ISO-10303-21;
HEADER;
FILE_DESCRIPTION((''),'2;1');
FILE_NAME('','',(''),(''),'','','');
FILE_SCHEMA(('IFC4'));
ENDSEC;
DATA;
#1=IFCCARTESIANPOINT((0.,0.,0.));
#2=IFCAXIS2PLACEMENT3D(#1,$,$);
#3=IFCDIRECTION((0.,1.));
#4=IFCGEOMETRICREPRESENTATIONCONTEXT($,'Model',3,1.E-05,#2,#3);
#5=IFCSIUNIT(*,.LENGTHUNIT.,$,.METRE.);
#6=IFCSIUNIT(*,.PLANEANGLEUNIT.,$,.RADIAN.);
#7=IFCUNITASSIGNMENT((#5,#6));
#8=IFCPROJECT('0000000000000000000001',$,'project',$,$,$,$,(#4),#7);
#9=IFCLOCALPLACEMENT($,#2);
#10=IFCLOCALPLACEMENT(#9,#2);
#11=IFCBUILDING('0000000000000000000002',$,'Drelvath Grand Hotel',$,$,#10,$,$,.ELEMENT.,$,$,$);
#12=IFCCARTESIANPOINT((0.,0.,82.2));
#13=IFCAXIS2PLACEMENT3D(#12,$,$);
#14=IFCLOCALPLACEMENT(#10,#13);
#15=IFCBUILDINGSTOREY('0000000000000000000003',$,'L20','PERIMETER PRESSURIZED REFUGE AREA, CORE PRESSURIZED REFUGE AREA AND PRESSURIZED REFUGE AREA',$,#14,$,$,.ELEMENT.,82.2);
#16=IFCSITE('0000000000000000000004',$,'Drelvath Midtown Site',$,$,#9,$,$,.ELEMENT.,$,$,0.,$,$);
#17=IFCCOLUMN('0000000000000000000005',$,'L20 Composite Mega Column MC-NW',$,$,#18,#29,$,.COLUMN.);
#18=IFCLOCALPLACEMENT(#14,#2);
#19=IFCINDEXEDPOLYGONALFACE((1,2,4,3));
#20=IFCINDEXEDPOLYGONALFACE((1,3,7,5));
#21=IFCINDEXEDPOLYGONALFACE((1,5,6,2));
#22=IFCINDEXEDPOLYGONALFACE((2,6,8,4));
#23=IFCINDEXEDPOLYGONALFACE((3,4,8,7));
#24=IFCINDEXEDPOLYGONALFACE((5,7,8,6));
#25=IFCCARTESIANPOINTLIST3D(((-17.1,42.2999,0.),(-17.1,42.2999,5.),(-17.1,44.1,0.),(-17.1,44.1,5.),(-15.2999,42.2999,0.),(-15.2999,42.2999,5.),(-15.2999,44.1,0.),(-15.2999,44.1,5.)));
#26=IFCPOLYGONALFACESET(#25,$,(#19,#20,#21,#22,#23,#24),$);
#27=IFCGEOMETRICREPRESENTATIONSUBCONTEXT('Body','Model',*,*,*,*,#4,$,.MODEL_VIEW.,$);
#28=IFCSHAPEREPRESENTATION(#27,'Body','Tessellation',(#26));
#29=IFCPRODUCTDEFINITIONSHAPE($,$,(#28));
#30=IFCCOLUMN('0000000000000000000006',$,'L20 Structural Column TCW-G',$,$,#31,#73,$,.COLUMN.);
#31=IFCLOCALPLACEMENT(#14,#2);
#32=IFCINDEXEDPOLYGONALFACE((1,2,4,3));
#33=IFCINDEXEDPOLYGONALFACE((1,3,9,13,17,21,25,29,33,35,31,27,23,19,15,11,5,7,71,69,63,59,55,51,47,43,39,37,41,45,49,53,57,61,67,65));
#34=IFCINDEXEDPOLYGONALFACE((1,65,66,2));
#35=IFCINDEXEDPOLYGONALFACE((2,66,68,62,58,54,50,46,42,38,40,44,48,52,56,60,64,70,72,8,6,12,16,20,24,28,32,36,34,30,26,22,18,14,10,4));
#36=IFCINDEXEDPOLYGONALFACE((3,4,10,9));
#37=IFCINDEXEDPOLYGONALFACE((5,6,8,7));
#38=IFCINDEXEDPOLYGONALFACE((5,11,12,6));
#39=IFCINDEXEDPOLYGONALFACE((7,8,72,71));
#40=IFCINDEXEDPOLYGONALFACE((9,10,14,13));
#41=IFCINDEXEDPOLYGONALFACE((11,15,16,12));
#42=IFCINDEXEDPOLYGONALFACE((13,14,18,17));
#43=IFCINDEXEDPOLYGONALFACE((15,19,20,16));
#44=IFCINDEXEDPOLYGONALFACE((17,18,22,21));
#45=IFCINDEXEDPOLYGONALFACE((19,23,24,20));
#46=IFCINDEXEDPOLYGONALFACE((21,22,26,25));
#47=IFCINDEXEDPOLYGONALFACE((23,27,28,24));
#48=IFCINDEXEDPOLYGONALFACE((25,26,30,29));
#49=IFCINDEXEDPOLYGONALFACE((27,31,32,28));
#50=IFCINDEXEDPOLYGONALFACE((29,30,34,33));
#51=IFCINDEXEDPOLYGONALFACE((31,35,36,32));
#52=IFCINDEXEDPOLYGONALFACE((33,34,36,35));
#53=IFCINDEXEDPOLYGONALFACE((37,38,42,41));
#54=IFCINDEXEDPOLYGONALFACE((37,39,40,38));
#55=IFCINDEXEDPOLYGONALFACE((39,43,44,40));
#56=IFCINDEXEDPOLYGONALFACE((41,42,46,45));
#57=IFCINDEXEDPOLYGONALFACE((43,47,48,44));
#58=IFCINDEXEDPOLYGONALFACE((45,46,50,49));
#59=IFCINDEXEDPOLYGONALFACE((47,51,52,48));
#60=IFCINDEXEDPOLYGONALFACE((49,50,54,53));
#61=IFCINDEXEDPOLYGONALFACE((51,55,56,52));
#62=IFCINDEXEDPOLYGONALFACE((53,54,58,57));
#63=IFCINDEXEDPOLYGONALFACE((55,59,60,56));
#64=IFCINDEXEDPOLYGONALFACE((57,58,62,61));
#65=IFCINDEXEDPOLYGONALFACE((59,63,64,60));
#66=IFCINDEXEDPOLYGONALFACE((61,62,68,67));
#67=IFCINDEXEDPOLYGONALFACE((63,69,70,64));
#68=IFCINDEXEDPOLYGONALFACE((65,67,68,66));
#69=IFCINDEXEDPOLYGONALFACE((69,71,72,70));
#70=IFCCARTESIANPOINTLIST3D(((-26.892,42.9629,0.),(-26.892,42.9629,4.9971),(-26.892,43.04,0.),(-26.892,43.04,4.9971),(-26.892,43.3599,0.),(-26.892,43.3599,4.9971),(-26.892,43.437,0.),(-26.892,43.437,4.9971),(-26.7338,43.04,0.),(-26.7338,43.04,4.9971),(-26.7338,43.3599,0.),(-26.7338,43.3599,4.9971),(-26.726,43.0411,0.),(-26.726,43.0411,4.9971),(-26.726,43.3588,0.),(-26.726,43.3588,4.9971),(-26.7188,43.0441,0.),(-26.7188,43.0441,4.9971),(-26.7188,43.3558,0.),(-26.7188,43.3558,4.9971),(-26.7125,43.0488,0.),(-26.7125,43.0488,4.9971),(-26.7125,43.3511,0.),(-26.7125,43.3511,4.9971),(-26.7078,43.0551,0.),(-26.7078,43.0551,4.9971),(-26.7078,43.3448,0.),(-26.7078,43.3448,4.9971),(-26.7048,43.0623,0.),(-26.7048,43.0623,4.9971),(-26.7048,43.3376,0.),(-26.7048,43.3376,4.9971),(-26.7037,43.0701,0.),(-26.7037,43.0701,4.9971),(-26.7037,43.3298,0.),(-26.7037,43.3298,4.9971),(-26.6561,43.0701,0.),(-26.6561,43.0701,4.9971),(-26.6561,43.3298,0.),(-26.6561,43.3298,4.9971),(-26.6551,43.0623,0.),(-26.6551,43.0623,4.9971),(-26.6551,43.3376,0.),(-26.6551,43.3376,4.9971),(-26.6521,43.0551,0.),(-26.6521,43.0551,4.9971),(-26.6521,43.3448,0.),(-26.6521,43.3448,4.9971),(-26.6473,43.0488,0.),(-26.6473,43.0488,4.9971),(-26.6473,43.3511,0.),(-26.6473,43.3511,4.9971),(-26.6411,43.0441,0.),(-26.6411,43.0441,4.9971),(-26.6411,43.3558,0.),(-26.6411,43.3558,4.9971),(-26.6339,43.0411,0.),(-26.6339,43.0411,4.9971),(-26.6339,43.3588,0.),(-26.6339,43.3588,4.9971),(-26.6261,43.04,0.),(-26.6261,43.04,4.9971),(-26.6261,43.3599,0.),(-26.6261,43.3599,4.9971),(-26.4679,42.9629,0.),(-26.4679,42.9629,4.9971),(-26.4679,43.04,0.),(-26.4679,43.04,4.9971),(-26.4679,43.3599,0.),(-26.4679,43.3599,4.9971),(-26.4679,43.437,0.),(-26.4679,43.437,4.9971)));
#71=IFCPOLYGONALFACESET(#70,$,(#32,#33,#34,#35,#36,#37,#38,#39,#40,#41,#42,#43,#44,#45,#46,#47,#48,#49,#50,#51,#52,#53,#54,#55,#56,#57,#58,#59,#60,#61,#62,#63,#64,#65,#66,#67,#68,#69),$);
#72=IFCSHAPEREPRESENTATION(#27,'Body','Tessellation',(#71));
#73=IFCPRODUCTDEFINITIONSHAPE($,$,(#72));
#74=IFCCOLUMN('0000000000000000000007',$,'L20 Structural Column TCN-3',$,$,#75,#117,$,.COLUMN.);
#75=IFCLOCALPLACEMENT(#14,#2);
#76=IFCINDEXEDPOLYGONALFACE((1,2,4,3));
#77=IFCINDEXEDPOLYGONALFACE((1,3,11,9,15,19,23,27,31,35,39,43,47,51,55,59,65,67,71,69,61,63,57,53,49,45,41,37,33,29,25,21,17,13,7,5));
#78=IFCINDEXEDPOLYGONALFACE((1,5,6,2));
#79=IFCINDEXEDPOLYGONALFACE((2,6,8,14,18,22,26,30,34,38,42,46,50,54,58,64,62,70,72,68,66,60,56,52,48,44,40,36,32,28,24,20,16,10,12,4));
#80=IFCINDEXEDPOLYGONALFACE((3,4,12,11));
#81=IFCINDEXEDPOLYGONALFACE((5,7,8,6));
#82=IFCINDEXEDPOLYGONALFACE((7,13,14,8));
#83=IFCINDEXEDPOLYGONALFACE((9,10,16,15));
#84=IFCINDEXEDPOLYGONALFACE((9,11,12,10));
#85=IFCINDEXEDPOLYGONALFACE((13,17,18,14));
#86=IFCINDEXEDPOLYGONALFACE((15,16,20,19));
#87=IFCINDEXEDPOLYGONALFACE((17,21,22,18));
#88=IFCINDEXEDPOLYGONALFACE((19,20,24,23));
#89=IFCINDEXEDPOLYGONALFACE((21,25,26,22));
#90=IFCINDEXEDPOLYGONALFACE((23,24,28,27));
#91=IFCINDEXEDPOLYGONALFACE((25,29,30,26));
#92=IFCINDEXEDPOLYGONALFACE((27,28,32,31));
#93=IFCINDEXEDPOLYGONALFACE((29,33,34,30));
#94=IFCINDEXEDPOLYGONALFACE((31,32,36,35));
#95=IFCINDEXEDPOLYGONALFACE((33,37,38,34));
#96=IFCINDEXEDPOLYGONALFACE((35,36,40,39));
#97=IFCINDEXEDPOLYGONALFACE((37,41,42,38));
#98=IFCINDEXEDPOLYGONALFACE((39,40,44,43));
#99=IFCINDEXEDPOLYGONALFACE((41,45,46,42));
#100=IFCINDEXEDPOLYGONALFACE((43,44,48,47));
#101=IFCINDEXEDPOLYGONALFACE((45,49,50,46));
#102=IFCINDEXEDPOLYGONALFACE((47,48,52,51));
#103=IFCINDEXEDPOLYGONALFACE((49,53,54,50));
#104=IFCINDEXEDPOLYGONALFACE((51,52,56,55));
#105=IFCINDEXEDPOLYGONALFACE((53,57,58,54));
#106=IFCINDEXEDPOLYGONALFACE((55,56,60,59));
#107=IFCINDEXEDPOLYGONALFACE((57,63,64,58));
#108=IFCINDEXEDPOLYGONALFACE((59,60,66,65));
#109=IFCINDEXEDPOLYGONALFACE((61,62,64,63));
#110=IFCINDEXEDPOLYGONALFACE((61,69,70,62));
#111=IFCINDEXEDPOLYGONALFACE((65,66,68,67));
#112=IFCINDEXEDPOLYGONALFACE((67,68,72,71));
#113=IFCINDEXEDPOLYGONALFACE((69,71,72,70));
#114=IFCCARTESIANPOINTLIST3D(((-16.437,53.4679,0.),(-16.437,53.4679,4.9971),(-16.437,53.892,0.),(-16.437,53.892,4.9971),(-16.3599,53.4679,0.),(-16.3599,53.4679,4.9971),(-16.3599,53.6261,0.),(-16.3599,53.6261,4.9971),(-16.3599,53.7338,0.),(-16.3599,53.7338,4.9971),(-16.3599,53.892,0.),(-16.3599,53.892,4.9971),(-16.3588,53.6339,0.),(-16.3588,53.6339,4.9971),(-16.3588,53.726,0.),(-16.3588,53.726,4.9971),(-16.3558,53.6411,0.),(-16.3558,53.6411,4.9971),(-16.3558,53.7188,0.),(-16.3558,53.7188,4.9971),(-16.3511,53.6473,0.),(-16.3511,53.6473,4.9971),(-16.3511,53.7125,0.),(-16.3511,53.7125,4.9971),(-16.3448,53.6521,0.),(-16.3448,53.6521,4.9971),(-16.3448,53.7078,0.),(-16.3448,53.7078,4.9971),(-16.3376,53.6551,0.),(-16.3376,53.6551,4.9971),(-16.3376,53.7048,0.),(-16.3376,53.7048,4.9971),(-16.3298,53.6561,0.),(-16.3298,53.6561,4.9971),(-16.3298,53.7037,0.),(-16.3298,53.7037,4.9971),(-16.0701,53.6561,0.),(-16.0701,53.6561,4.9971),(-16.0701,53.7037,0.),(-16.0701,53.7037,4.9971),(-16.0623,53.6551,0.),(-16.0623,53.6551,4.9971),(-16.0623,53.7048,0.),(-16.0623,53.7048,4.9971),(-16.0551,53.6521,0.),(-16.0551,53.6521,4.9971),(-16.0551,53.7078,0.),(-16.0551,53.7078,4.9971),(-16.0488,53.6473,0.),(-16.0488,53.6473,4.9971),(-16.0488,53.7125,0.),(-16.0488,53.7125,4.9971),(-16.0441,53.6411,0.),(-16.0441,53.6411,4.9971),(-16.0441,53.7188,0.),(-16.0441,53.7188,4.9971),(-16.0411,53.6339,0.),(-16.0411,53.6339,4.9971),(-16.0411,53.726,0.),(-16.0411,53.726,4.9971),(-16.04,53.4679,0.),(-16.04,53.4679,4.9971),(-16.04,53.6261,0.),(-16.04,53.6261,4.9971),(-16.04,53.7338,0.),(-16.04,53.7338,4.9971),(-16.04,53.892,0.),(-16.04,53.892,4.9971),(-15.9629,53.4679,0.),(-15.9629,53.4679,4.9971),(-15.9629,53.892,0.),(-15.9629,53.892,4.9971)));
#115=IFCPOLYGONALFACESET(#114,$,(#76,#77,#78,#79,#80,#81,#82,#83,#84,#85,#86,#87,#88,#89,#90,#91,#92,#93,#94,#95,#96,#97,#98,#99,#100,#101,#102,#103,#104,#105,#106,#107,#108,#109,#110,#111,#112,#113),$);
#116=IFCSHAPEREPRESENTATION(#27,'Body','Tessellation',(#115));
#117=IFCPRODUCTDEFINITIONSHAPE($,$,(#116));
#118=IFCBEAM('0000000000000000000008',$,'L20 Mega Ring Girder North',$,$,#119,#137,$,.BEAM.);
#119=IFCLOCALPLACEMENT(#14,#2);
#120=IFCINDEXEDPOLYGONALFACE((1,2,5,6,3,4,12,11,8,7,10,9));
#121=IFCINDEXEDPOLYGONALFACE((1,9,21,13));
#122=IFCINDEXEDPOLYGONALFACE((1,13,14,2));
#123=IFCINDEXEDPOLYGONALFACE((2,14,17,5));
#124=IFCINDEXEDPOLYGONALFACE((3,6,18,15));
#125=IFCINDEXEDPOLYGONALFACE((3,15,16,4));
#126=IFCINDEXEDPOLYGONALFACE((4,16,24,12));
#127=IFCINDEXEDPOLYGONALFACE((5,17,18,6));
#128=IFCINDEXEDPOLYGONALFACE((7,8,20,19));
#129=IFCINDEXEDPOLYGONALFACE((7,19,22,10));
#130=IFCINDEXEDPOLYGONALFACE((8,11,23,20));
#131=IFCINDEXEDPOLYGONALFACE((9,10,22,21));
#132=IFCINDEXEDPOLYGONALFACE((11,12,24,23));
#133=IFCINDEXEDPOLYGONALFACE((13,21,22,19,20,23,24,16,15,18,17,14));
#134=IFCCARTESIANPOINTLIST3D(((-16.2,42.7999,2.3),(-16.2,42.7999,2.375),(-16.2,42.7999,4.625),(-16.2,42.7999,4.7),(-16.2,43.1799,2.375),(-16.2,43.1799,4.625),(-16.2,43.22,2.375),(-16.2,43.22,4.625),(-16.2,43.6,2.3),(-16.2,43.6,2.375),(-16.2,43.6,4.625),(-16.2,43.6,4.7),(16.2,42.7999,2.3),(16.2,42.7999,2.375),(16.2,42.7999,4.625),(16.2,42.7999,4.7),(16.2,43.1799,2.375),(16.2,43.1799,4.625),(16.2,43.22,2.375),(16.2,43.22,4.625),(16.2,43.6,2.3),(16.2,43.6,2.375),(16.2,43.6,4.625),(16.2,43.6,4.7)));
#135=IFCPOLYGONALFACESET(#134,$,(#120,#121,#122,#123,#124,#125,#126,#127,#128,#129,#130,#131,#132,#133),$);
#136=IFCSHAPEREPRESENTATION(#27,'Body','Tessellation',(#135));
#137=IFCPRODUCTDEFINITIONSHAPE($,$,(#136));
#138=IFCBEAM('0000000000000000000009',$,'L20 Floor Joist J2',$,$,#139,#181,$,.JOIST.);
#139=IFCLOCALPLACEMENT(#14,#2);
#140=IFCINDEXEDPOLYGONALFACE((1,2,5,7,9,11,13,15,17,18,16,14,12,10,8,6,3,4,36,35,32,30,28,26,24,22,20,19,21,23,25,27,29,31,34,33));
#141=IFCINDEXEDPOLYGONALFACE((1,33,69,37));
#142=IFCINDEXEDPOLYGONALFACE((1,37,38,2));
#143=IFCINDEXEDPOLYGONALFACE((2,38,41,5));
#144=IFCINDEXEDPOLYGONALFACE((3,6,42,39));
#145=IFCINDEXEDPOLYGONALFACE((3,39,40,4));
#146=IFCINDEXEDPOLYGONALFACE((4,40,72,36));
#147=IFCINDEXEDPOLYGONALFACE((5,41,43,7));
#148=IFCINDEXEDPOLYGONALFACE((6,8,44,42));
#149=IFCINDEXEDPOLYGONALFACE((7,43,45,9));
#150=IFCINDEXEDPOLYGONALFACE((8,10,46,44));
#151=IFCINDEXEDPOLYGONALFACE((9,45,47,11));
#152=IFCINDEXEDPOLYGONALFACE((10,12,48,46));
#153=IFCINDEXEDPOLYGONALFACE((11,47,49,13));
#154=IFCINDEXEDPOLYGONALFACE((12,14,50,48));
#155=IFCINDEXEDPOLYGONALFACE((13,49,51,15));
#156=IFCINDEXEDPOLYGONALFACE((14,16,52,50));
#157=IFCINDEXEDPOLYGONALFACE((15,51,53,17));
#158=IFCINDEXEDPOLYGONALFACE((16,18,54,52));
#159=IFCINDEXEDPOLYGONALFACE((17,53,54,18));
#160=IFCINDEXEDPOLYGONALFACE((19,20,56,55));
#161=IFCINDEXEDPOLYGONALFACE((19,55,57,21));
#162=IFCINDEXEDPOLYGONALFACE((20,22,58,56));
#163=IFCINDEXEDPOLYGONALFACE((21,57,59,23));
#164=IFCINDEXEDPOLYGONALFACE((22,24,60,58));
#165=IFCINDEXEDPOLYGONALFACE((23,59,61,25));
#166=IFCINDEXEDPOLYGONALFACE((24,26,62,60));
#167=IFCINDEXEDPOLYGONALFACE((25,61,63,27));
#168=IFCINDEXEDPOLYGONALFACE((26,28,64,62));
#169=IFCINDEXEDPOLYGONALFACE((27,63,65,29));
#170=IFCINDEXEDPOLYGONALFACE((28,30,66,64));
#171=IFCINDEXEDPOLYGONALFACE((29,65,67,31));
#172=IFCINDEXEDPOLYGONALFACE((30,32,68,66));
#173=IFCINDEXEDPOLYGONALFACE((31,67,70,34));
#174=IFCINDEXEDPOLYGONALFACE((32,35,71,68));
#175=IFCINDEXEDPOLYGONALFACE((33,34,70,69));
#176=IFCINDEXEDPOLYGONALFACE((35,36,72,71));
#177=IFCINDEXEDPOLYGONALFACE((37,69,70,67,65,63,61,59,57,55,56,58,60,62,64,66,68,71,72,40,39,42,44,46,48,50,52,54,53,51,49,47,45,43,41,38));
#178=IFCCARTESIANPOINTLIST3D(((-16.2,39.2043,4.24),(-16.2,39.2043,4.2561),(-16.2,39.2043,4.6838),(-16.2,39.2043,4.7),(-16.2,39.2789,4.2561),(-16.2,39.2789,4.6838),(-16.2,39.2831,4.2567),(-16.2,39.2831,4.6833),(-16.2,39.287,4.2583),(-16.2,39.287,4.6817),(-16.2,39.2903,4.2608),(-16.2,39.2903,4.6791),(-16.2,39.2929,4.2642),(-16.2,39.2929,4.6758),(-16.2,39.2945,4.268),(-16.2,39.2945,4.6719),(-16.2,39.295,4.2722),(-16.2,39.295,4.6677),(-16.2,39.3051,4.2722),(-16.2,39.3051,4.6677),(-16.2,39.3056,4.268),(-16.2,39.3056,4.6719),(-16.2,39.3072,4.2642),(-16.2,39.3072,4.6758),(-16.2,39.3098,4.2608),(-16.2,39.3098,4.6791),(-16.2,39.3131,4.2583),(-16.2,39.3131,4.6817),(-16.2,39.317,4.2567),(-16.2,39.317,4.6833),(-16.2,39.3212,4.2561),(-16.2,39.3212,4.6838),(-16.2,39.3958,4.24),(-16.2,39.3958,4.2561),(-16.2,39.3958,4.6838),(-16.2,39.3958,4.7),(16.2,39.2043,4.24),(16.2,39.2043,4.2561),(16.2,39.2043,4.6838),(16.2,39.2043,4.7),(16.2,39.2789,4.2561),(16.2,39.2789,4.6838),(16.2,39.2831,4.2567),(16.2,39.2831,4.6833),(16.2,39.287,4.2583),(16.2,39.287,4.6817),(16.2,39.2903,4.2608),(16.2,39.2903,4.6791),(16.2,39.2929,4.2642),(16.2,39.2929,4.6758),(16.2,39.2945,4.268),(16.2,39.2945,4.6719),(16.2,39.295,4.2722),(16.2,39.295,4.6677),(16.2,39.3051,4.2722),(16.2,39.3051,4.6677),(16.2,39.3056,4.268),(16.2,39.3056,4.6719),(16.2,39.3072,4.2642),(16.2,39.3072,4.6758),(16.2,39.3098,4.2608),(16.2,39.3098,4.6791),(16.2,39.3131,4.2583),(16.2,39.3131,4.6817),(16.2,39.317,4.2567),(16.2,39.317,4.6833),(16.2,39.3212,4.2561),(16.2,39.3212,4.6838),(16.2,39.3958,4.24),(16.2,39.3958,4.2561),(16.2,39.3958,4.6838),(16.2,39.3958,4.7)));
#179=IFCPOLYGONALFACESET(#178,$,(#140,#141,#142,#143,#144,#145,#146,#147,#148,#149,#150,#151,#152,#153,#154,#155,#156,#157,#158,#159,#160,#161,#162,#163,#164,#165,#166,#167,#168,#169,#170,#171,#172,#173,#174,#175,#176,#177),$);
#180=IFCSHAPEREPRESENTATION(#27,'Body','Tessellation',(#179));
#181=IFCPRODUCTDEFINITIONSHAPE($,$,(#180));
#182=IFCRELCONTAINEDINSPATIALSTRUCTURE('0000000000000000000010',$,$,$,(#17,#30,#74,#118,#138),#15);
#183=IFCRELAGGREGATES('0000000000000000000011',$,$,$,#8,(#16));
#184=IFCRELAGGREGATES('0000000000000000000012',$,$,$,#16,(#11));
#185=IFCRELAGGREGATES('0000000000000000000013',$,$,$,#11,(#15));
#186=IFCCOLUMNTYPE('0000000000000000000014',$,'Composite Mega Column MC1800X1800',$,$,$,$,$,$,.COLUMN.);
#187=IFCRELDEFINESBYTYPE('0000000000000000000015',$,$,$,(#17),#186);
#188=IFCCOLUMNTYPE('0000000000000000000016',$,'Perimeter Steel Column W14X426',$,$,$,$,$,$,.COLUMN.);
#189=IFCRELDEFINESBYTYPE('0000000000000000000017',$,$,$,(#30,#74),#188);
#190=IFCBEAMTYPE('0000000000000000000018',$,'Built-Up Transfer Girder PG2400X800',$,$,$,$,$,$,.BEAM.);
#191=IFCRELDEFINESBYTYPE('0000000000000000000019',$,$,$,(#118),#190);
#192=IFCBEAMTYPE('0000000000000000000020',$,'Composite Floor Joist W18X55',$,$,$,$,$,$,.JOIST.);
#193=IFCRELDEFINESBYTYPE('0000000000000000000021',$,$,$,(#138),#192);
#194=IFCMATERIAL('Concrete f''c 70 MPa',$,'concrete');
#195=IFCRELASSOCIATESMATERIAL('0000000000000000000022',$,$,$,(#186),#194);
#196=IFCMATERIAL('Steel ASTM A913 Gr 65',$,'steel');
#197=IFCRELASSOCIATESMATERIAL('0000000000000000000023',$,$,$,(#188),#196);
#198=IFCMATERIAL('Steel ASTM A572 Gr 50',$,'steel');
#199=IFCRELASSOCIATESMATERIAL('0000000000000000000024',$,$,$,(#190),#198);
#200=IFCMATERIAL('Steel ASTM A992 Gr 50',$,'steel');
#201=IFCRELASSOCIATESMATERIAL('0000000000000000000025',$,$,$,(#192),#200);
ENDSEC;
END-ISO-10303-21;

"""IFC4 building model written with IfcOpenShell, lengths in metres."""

from ifc_helpers import new_model, si_unit, direction, frame, origin, origin_2d, place, context, subcontext, project, spatial, rectangle, i_section, extrude, material, material_profile, profile_set, type_object, element, save


model = new_model("IFC4")

# Units and contexts
model_context = context("Model", 3, precision=1e-05, world=origin(), true_north=direction((0.0, 1.0)))
body_context = subcontext(model_context, "Body", "Model", "MODEL_VIEW")
ifc_project = project(units=[si_unit("LENGTHUNIT", "METRE"), si_unit("PLANEANGLEUNIT", "RADIAN")], contexts=[model_context])

# Site, building, storey
site_placement = place(None, origin())
site = spatial("IfcSite", under=ifc_project, at=site_placement, Name="Drelvath Midtown Site", CompositionType="ELEMENT", RefElevation=0.0)
building_placement = place(site_placement, origin())
building = spatial("IfcBuilding", under=site, at=building_placement, Name="Drelvath Grand Hotel", CompositionType="ELEMENT")
storey_placement = place(building_placement, frame((0.0, 0.0, 82.2)))
storey = spatial("IfcBuildingStorey", under=building, at=storey_placement, Name="L20", Description="PERIMETER PRESSURIZED REFUGE AREA, CORE PRESSURIZED REFUGE AREA AND PRESSURIZED REFUGE AREA", CompositionType="ELEMENT", Elevation=82.2)

# Columns
ifc_material_1 = material(Name="Concrete f'c 70 MPa", Category="concrete")
ifc_material_profile_1 = material_profile(ifc_material_1, rectangle(XDim=1.8, YDim=1.8, at=origin_2d()), Name="MC1800X1800")
ifc_profile_set_1 = profile_set([ifc_material_profile_1], Name="Concrete f'c 70 MPa")
column_type_1 = type_object("IfcColumnType", Name="Composite Mega Column MC1800X1800", PredefinedType="COLUMN", material=ifc_profile_set_1)
column_placement = place(storey_placement, frame((-16.2, 43.2, 0.0), z_axis=(0.0, 0.0, 1.0), x_axis=(1.0, 0.0, 0.0)))
element("IfcColumn", 1, at=column_placement, inside=storey, type_object=column_type_1, Name="L20 Composite Mega Column MC-NW", PredefinedType="COLUMN", context=body_context, shape_type="SweptSolid", body=[
    extrude(rectangle(XDim=1.8, YDim=1.8, at=origin_2d()), origin(), (0.0, 0.0, 1.0), 5.0),
])
ifc_material_2 = material(Name="Steel ASTM A913 Gr 65", Category="steel")
ifc_material_profile_2 = material_profile(ifc_material_2, i_section(OverallWidth=0.4241, OverallDepth=0.4741, WebThickness=0.0476, FlangeThickness=0.0771, FilletRadius=0.03, at=origin_2d()), Name="W14X426")
ifc_profile_set_2 = profile_set([ifc_material_profile_2], Name="Steel ASTM A913 Gr 65")
column_type_2 = type_object("IfcColumnType", Name="Perimeter Steel Column W14X426", PredefinedType="COLUMN", material=ifc_profile_set_2)
for number, where, z_axis, x_axis, name in (
    (2, (-26.6799, 43.2, 0.0), (0.0, 0.0, 1.0), (1.0, 0.0, 0.0), "L20 Structural Column TCW-G"),
    (3, (-16.2, 53.6799, 0.0), (0.0, 0.0, 1.0), (0.0, 1.0, 0.0), "L20 Structural Column TCN-3"),
):
    element("IfcColumn", number, at=place(storey_placement, frame(where, z_axis=z_axis, x_axis=x_axis)), inside=storey, type_object=column_type_2, Name=name, PredefinedType="COLUMN", context=body_context, shape_type="SweptSolid", body=[
        extrude(i_section(OverallWidth=0.4241, OverallDepth=0.4741, WebThickness=0.0476, FlangeThickness=0.0771, FilletRadius=0.03, at=origin_2d()), origin(), (0.0, 0.0, 1.0), 4.9971),
    ])

# Beams
ifc_material_3 = material(Name="Steel ASTM A572 Gr 50", Category="steel")
ifc_material_profile_3 = material_profile(ifc_material_3, i_section(OverallWidth=0.8, OverallDepth=2.3999, WebThickness=0.04, FlangeThickness=0.075, at=origin_2d()), Name="PG2400X800")
ifc_profile_set_3 = profile_set([ifc_material_profile_3], Name="Steel ASTM A572 Gr 50")
beam_type_1 = type_object("IfcBeamType", Name="Built-Up Transfer Girder PG2400X800", PredefinedType="BEAM", material=ifc_profile_set_3)
beam_1_placement = place(storey_placement, frame((-16.2, 43.2, 3.5), z_axis=(1.0, 0.0, 0.0), x_axis=(0.0, 1.0, 0.0)))
element("IfcBeam", 4, at=beam_1_placement, inside=storey, type_object=beam_type_1, Name="L20 Mega Ring Girder North", PredefinedType="BEAM", context=body_context, shape_type="SweptSolid", body=[
    extrude(i_section(OverallWidth=0.8, OverallDepth=2.3999, WebThickness=0.04, FlangeThickness=0.075, at=origin_2d()), origin(), (0.0, 0.0, 1.0), 32.3999),
])
ifc_material_4 = material(Name="Steel ASTM A992 Gr 50", Category="steel")
ifc_material_profile_4 = material_profile(ifc_material_4, i_section(OverallWidth=0.1914, OverallDepth=0.46, WebThickness=0.01, FlangeThickness=0.0161, FilletRadius=0.0161, at=origin_2d()), Name="W18X55")
ifc_profile_set_4 = profile_set([ifc_material_profile_4], Name="Steel ASTM A992 Gr 50")
beam_type_2 = type_object("IfcBeamType", Name="Composite Floor Joist W18X55", PredefinedType="JOIST", material=ifc_profile_set_4)
beam_2_placement = place(storey_placement, frame((-16.2, 39.3, 4.47), z_axis=(1.0, 0.0, 0.0), x_axis=(0.0, 1.0, 0.0)))
element("IfcBeam", 5, at=beam_2_placement, inside=storey, type_object=beam_type_2, Name="L20 Floor Joist J2", PredefinedType="JOIST", context=body_context, shape_type="SweptSolid", body=[
    extrude(i_section(OverallWidth=0.1914, OverallDepth=0.46, WebThickness=0.01, FlangeThickness=0.0161, FilletRadius=0.0161, at=origin_2d()), origin(), (0.0, 0.0, 1.0), 32.3999),
])

save(model, "model.ifc")
